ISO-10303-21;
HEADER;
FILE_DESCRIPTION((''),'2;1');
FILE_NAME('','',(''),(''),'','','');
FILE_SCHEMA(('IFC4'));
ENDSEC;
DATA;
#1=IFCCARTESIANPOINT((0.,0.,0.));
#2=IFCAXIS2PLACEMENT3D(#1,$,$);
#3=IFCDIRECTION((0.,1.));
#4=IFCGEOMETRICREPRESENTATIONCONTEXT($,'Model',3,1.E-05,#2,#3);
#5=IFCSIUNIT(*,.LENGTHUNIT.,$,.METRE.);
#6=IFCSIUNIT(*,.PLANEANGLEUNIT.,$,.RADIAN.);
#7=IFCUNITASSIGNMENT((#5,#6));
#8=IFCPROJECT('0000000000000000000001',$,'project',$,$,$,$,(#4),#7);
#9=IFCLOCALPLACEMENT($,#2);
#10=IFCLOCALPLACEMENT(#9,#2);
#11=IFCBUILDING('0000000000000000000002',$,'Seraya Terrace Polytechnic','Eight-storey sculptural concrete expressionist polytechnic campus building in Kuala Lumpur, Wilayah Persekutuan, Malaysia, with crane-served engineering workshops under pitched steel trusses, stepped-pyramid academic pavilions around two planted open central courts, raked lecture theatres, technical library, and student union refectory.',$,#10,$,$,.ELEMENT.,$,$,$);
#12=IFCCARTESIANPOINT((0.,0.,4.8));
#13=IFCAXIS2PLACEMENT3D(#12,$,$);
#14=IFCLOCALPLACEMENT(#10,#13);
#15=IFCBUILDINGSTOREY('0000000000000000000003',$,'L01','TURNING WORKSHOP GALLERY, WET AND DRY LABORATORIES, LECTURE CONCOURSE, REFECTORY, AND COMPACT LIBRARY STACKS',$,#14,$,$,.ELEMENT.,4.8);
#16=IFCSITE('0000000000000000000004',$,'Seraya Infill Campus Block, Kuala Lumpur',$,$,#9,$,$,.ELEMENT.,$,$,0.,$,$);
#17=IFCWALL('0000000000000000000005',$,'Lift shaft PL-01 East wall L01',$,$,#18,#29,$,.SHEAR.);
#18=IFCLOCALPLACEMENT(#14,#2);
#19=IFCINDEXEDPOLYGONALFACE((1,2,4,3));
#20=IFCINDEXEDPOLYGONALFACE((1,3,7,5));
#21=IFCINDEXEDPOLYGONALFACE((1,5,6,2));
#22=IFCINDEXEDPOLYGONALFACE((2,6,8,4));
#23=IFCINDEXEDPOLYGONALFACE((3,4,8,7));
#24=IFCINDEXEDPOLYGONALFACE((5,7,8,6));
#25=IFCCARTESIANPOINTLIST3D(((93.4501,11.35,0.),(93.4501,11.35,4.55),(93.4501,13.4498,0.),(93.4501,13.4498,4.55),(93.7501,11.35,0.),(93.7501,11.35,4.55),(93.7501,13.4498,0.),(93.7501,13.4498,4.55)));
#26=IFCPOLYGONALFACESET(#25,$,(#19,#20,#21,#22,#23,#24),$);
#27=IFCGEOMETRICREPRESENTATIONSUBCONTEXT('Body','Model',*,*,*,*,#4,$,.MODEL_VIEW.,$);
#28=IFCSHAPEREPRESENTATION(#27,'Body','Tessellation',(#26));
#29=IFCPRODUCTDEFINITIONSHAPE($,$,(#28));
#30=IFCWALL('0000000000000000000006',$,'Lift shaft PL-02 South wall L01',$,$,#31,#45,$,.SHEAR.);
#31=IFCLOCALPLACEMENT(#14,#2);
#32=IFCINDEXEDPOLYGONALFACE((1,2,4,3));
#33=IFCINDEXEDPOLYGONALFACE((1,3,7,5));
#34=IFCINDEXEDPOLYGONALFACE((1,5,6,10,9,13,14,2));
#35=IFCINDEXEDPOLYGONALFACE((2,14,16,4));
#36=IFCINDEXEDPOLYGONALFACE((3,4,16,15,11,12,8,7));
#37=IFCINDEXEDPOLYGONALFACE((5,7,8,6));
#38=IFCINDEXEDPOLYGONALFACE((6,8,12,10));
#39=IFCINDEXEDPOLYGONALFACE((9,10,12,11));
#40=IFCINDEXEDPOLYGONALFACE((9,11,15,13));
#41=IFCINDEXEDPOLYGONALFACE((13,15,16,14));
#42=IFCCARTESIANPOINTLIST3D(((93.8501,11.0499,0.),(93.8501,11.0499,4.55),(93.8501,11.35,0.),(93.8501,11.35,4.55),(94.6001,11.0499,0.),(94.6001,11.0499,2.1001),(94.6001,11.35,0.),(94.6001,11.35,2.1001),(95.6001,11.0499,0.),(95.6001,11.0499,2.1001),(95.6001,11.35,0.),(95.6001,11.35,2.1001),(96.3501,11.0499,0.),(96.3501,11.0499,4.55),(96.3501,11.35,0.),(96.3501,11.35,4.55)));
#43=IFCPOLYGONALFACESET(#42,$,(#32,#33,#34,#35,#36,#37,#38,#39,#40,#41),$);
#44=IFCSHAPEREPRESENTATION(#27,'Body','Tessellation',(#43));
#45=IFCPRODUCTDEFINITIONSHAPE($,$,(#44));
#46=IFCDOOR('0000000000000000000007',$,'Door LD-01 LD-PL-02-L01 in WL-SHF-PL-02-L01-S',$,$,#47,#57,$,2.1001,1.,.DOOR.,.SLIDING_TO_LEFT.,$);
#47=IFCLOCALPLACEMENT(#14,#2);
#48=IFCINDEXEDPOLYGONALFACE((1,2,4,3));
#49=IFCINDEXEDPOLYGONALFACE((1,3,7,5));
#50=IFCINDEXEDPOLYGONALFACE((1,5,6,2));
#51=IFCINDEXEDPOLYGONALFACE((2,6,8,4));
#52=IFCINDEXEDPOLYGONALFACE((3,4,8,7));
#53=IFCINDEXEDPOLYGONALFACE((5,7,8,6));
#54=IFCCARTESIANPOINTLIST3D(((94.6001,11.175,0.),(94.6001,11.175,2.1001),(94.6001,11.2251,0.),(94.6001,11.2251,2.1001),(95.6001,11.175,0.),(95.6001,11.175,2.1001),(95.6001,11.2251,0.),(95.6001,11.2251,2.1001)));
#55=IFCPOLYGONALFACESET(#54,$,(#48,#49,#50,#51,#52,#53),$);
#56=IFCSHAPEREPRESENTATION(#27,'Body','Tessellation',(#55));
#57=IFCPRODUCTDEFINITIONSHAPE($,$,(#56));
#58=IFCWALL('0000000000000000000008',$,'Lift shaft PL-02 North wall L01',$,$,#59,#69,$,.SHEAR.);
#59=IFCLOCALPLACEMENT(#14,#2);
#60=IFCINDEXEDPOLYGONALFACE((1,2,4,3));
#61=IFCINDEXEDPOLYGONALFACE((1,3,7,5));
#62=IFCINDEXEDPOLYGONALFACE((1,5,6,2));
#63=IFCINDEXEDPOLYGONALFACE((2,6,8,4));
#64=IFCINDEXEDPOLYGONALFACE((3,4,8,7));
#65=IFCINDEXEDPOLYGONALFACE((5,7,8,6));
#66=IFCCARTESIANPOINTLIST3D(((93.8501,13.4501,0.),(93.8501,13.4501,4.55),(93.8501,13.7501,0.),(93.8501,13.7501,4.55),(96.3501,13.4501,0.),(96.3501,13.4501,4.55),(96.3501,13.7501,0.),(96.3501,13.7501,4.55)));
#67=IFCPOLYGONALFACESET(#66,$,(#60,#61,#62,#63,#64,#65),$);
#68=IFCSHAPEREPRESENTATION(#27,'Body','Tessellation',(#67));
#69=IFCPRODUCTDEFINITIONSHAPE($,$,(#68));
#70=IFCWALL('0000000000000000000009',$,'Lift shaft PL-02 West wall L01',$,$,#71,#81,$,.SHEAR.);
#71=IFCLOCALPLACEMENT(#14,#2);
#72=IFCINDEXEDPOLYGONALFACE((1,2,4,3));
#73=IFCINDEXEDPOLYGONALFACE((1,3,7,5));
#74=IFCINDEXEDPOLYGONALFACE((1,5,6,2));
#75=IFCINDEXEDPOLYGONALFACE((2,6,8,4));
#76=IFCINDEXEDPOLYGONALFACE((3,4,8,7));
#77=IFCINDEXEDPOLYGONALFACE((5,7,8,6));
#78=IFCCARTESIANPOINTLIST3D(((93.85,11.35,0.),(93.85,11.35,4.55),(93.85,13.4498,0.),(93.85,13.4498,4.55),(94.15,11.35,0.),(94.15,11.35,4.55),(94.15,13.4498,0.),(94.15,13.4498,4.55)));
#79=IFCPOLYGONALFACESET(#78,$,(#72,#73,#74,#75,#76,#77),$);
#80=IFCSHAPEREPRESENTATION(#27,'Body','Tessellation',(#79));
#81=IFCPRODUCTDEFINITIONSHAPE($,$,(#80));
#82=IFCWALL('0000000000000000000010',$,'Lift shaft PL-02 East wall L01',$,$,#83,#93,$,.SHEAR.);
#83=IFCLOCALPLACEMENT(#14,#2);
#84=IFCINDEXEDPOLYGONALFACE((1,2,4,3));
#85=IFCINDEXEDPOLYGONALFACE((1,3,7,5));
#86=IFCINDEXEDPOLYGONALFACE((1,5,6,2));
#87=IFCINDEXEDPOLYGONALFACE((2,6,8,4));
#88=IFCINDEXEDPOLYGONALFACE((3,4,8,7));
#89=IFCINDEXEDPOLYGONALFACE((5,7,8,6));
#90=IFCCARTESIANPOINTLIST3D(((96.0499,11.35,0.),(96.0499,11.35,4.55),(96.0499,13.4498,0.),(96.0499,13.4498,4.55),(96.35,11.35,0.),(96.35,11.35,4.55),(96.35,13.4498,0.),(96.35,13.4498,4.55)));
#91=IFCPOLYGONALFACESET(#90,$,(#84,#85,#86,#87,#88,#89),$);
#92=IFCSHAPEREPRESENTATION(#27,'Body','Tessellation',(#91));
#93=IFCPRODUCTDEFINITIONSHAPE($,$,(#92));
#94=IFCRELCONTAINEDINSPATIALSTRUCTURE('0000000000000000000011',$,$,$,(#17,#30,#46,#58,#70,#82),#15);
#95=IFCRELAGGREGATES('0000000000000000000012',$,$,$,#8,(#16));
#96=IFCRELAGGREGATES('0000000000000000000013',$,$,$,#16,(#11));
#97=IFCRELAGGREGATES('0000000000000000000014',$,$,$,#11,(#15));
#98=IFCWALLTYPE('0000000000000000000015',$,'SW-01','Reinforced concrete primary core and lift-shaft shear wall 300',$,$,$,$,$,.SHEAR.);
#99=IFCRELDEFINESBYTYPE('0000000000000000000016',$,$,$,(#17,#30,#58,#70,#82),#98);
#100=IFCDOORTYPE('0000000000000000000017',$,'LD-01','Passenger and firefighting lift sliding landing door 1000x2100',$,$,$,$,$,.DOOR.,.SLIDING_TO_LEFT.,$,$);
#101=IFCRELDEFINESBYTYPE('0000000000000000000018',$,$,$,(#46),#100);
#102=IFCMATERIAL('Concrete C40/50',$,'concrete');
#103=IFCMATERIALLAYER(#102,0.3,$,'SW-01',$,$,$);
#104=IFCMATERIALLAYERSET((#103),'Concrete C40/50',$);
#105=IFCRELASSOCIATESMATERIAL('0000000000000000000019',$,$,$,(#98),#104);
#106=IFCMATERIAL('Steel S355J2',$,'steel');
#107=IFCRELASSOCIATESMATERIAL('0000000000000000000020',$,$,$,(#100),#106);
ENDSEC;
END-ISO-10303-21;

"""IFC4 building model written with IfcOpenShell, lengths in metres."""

from ifc_helpers import new_model, si_unit, direction, frame, frame_2d, origin, place, context, subcontext, project, spatial, rectangle, extrude, material, layer, layer_set, type_object, element, fill, save


model = new_model("IFC4")

# Units and contexts
model_context = context("Model", 3, precision=1e-05, world=origin(), true_north=direction((0.0, 1.0)))
body_context = subcontext(model_context, "Body", "Model", "MODEL_VIEW")
ifc_project = project(units=[si_unit("LENGTHUNIT", "METRE"), si_unit("PLANEANGLEUNIT", "RADIAN")], contexts=[model_context])

# Site, building, storey
site_placement = place(None, origin())
site = spatial("IfcSite", under=ifc_project, at=site_placement, Name="Seraya Infill Campus Block, Kuala Lumpur", CompositionType="ELEMENT", RefElevation=0.0)
building_placement = place(site_placement, origin())
building = spatial("IfcBuilding", under=site, at=building_placement, Name="Seraya Terrace Polytechnic", Description="Eight-storey sculptural concrete expressionist polytechnic campus building in Kuala Lumpur, Wilayah Persekutuan, Malaysia, with crane-served engineering workshops under pitched steel trusses, stepped-pyramid academic pavilions around two planted open central courts, raked lecture theatres, technical library, and student union refectory.", CompositionType="ELEMENT")
storey_placement = place(building_placement, frame((0.0, 0.0, 4.8)))
storey = spatial("IfcBuildingStorey", under=building, at=storey_placement, Name="L01", Description="TURNING WORKSHOP GALLERY, WET AND DRY LABORATORIES, LECTURE CONCOURSE, REFECTORY, AND COMPACT LIBRARY STACKS", CompositionType="ELEMENT", Elevation=4.8)

# Shared definitions
ifc_material_1 = material(Name="Concrete C40/50", Category="concrete")

# Wall
ifc_layer_1 = layer(ifc_material_1, 0.3, Name="SW-01")
ifc_layer_set_1 = layer_set([ifc_layer_1], Name="Concrete C40/50")
wall_type_1 = type_object("IfcWallType", Name="SW-01", Description="Reinforced concrete primary core and lift-shaft shear wall 300", PredefinedType="SHEAR", material=ifc_layer_set_1)
wall_1_placement = place(storey_placement, frame((93.6001, 11.3501, 0.0), z_axis=(0.0, 0.0, 1.0), x_axis=(0.0, 1.0, 0.0)))
element("IfcWall", 1, at=wall_1_placement, inside=storey, type_object=wall_type_1, Name="Lift shaft PL-01 East wall L01", PredefinedType="SHEAR", context=body_context, shape_type="SweptSolid", body=[
    extrude(rectangle(XDim=2.0999, YDim=0.3, at=frame_2d((1.0498, 0.0))), origin(), (0.0, 0.0, 1.0), 4.55),
])

# Wall, opening, door
wall_2_placement = place(storey_placement, frame((93.8501, 11.2, 0.0), z_axis=(0.0, 0.0, 1.0), x_axis=(1.0, 0.0, 0.0)))
wall_2 = element("IfcWall", 2, at=wall_2_placement, inside=storey, type_object=wall_type_1, Name="Lift shaft PL-02 South wall L01", PredefinedType="SHEAR", context=body_context, shape_type="SweptSolid", body=[
    extrude(rectangle(XDim=2.5, YDim=0.3, at=frame_2d((1.25, 0.0))), origin(), (0.0, 0.0, 1.0), 4.55),
])
opening_1_placement = place(wall_2_placement, frame((0.75, 0.0, 0.0)))
opening_1 = element("IfcOpeningElement", 3, at=opening_1_placement, cuts=wall_2, PredefinedType="OPENING", context=body_context, shape_type="SweptSolid", body=[
    extrude(rectangle(XDim=1.0, YDim=2.1001, at=frame_2d((0.5, 1.05))), frame((0.0, 0.1621, 0.0), z_axis=(0.0, -1.0, 0.0), x_axis=(1.0, 0.0, 0.0)), (0.0, 0.0, 1.0), 0.324),
])
ifc_material_2 = material(Name="Steel S355J2", Category="steel")
door_type_1 = type_object("IfcDoorType", Name="LD-01", Description="Passenger and firefighting lift sliding landing door 1000x2100", OperationType="SLIDING_TO_LEFT", PredefinedType="DOOR", material=ifc_material_2)
door_1_placement = place(opening_1_placement, frame((1.0, 0.0, 0.0), z_axis=(0.0, 0.0, 1.0), x_axis=(-1.0, 0.0, 0.0)))
door_1 = element("IfcDoor", 4, at=door_1_placement, inside=storey, type_object=door_type_1, Name="Door LD-01 LD-PL-02-L01 in WL-SHF-PL-02-L01-S", OperationType="SLIDING_TO_LEFT", OverallHeight=2.1001, OverallWidth=1.0, PredefinedType="DOOR", context=body_context, shape_type="SweptSolid", body=[
    extrude(rectangle(XDim=1.0, YDim=2.1001, at=frame_2d((0.5, 1.05))), frame((0.0, 0.0249, 0.0), z_axis=(0.0, -1.0, 0.0), x_axis=(1.0, 0.0, 0.0)), (0.0, 0.0, 1.0), 0.05),
])
fill(opening_1, door_1)

# Walls
wall_3_placement = place(storey_placement, frame((93.8501, 13.6001, 0.0), z_axis=(0.0, 0.0, 1.0), x_axis=(1.0, 0.0, 0.0)))
element("IfcWall", 5, at=wall_3_placement, inside=storey, type_object=wall_type_1, Name="Lift shaft PL-02 North wall L01", PredefinedType="SHEAR", context=body_context, shape_type="SweptSolid", body=[
    extrude(rectangle(XDim=2.5, YDim=0.3, at=frame_2d((1.25, 0.0))), origin(), (0.0, 0.0, 1.0), 4.55),
])
for number, where, z_axis, x_axis, name in (
    (6, (94.0, 11.3501, 0.0), (0.0, 0.0, 1.0), (0.0, 1.0, 0.0), "Lift shaft PL-02 West wall L01"),
    (7, (96.2, 11.3501, 0.0), (0.0, 0.0, 1.0), (0.0, 1.0, 0.0), "Lift shaft PL-02 East wall L01"),
):
    element("IfcWall", number, at=place(storey_placement, frame(where, z_axis=z_axis, x_axis=x_axis)), inside=storey, type_object=wall_type_1, Name=name, PredefinedType="SHEAR", context=body_context, shape_type="SweptSolid", body=[
        extrude(rectangle(XDim=2.0999, YDim=0.3, at=frame_2d((1.0498, 0.0))), origin(), (0.0, 0.0, 1.0), 4.55),
    ])

save(model, "model.ifc")
